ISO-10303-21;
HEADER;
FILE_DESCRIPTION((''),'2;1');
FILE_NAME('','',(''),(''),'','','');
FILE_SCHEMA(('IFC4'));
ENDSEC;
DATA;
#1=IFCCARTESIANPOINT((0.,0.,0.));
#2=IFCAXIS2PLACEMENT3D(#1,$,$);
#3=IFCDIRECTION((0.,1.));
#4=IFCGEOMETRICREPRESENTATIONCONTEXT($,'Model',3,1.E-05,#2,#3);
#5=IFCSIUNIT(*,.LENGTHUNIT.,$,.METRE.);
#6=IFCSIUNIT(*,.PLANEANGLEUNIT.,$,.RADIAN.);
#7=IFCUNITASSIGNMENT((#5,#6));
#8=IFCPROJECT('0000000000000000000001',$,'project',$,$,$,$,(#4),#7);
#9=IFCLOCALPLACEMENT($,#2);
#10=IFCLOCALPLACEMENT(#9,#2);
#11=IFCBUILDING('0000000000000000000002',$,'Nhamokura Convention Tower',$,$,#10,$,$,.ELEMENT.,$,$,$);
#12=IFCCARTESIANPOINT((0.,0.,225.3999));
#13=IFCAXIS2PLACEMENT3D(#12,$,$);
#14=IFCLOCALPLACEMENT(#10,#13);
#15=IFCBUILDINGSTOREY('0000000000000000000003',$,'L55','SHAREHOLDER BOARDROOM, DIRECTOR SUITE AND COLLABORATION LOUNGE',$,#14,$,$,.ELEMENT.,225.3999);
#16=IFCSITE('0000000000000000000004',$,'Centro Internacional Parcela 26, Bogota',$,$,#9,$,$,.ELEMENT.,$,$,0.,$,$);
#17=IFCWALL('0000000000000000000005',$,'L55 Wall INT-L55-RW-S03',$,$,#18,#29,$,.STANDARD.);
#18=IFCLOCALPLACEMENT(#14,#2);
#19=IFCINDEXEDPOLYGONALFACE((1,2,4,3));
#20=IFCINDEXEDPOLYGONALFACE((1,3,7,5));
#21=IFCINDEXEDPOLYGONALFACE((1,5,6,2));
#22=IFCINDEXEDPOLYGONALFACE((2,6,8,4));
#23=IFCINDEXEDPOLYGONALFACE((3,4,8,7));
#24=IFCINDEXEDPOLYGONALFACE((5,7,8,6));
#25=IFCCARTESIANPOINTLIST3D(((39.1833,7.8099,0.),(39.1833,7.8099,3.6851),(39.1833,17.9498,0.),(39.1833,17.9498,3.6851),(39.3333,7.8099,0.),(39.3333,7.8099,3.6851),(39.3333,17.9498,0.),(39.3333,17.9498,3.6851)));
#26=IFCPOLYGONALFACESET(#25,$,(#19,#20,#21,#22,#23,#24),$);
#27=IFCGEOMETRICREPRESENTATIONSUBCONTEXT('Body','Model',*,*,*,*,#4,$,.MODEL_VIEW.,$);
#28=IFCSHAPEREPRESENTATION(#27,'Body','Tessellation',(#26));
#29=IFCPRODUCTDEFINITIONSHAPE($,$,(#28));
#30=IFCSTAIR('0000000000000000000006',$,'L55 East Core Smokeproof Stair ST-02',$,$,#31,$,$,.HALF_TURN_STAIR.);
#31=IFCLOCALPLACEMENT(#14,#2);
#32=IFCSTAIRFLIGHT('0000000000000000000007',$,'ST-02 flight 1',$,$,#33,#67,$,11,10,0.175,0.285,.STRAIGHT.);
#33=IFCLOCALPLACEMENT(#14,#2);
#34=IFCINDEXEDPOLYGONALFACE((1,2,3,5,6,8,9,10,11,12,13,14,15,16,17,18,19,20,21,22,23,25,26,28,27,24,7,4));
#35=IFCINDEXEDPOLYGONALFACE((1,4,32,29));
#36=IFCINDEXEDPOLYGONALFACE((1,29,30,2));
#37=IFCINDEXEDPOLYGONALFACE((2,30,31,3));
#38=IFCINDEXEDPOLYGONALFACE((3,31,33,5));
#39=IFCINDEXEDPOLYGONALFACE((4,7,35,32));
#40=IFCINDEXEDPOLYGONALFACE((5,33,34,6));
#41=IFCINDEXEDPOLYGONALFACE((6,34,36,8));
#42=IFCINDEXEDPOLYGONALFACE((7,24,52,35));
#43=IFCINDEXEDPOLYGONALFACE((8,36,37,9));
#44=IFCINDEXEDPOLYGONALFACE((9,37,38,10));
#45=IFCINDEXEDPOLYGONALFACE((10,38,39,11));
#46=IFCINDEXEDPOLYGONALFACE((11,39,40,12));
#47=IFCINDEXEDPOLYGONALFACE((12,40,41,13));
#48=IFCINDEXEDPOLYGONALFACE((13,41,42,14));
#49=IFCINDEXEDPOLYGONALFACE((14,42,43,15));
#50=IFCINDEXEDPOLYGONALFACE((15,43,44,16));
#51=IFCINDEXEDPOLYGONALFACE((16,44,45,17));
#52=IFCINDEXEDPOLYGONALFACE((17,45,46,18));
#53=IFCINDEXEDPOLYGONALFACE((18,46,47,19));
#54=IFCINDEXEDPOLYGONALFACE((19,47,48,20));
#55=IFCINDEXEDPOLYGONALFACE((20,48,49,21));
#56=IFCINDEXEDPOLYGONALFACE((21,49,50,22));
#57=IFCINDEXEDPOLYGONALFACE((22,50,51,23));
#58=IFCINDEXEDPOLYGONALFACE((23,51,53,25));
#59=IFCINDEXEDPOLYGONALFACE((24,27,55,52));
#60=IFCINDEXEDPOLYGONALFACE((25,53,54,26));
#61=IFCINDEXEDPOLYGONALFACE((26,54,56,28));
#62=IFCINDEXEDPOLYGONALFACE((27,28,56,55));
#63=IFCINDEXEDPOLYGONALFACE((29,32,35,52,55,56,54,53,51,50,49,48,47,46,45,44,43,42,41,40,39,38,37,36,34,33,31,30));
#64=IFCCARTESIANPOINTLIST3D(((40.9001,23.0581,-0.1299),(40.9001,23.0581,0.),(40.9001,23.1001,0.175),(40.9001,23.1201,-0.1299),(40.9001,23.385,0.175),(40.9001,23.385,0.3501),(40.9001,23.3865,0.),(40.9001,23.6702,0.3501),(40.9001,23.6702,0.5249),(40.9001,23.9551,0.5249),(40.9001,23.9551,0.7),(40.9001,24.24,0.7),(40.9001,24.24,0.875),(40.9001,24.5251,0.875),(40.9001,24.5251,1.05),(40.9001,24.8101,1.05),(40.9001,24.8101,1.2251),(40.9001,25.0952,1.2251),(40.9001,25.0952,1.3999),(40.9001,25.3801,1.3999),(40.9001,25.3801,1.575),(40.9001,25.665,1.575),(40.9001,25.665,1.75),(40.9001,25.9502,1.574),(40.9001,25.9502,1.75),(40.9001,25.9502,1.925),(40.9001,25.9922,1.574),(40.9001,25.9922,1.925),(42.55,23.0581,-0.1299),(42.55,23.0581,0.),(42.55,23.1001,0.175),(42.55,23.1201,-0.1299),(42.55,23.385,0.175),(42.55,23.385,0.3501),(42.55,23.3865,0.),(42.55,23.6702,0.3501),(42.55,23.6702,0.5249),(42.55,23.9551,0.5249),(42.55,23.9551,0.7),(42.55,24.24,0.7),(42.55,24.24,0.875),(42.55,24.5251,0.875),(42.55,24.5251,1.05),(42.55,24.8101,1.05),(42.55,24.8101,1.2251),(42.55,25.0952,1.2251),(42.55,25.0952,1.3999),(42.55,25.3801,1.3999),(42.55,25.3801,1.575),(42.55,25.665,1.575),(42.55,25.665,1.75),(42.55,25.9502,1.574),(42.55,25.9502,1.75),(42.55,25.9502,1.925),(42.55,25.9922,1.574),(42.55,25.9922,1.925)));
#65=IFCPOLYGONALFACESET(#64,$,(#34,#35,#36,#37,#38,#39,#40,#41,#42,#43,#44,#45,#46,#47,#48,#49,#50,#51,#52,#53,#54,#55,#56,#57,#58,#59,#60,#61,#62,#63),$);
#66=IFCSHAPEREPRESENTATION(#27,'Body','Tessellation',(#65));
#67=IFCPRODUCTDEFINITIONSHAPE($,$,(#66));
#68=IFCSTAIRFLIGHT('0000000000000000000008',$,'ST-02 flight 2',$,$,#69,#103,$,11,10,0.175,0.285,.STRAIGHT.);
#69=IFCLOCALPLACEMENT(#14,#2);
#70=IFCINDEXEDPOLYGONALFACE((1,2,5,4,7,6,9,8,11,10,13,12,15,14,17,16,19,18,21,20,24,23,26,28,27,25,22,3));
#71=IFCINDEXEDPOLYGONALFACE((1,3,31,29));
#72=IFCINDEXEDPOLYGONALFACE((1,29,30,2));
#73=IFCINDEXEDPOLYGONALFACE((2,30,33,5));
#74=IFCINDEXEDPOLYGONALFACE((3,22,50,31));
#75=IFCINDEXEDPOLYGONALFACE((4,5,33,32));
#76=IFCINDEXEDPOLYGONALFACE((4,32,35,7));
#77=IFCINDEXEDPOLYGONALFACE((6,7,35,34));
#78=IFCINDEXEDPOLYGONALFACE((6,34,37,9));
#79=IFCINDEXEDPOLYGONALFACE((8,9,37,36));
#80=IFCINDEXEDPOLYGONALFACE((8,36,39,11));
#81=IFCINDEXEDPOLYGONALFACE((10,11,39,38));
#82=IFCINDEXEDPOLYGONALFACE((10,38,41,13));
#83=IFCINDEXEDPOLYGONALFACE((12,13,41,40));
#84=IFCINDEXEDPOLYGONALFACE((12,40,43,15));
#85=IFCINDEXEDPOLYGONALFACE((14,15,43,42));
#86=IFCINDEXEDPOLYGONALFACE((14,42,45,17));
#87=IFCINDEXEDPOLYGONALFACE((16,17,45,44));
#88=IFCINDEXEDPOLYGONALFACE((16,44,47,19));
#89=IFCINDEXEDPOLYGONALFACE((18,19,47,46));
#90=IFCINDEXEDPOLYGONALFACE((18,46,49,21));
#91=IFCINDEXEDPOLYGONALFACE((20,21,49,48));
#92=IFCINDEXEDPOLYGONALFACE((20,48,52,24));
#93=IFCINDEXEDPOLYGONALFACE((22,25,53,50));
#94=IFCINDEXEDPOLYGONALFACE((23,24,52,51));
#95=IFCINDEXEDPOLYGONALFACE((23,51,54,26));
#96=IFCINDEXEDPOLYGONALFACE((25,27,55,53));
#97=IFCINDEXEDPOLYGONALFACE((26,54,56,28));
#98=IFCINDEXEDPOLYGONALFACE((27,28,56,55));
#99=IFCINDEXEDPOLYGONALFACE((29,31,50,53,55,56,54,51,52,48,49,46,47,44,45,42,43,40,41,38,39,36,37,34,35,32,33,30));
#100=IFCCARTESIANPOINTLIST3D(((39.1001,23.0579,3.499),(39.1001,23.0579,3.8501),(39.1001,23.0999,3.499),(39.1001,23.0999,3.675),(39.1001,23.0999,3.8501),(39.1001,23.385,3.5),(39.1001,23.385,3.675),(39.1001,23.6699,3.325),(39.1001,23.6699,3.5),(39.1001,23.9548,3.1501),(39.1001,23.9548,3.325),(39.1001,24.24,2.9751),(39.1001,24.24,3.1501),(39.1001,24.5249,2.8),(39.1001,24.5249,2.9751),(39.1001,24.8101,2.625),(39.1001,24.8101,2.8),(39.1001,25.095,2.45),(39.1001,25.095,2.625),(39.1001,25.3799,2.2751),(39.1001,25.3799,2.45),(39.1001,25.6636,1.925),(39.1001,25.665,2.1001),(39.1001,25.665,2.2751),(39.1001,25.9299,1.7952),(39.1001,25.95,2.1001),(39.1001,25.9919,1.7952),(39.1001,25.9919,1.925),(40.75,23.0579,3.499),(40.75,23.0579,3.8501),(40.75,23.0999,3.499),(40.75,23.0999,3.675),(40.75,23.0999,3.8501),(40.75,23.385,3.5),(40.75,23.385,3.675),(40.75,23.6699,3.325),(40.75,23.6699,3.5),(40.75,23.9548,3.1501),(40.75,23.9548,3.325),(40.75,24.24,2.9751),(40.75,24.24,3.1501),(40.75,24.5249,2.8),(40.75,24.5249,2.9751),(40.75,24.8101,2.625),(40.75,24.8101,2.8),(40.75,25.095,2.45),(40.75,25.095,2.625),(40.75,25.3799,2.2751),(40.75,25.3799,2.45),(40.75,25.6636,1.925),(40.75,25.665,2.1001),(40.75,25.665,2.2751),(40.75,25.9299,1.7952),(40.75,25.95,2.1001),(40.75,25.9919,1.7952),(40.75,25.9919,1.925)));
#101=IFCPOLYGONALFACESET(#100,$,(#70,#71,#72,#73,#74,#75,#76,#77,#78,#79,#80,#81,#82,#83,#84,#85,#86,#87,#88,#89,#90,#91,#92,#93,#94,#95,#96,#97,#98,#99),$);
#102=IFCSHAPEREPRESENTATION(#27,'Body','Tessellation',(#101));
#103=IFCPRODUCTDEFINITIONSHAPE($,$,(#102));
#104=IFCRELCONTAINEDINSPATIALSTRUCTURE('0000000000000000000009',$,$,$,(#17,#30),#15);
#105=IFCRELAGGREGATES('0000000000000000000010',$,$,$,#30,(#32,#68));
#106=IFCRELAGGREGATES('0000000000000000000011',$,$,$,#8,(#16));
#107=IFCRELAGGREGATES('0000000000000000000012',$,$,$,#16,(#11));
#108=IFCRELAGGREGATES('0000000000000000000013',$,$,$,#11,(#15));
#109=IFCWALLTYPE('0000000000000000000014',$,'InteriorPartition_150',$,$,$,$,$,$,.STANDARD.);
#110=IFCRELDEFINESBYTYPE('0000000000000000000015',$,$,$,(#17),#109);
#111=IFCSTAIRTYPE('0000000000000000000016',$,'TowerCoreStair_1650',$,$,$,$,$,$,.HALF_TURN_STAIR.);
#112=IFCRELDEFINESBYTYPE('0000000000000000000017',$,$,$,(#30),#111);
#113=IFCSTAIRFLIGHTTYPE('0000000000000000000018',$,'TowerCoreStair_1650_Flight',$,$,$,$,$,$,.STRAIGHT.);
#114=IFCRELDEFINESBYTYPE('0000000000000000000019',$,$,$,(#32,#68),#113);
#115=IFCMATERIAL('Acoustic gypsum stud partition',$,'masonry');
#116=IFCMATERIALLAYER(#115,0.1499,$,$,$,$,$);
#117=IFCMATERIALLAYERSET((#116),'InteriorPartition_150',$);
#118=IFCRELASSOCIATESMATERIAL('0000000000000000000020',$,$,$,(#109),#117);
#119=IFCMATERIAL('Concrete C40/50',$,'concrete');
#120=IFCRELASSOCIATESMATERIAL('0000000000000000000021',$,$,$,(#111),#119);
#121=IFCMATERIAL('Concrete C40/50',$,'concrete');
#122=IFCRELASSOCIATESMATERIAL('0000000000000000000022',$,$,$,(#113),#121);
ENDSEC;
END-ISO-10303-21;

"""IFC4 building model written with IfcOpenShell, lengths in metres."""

from ifc_helpers import new_model, si_unit, direction, frame, frame_2d, origin, place, context, subcontext, project, spatial, polyline, rectangle, outline, extrude, material, layer, layer_set, type_object, element, aggregate, save


model = new_model("IFC4")

# Units and contexts
model_context = context("Model", 3, precision=1e-05, world=origin(), true_north=direction((0.0, 1.0)))
body_context = subcontext(model_context, "Body", "Model", "MODEL_VIEW")
ifc_project = project(units=[si_unit("LENGTHUNIT", "METRE"), si_unit("PLANEANGLEUNIT", "RADIAN")], contexts=[model_context])

# Site, building, storey
site_placement = place(None, origin())
site = spatial("IfcSite", under=ifc_project, at=site_placement, Name="Centro Internacional Parcela 26, Bogota", CompositionType="ELEMENT", RefElevation=0.0)
building_placement = place(site_placement, origin())
building = spatial("IfcBuilding", under=site, at=building_placement, Name="Nhamokura Convention Tower", CompositionType="ELEMENT")
storey_placement = place(building_placement, frame((0.0, 0.0, 225.3999)))
storey = spatial("IfcBuildingStorey", under=building, at=storey_placement, Name="L55", Description="SHAREHOLDER BOARDROOM, DIRECTOR SUITE AND COLLABORATION LOUNGE", CompositionType="ELEMENT", Elevation=225.3999)

# Wall
ifc_material_1 = material(Name="Acoustic gypsum stud partition", Category="masonry")
ifc_layer_1 = layer(ifc_material_1, 0.1499)
ifc_layer_set_1 = layer_set([ifc_layer_1], Name="InteriorPartition_150")
wall_type_1 = type_object("IfcWallType", Name="InteriorPartition_150", PredefinedType="STANDARD", material=ifc_layer_set_1)
for number, where, z_axis, x_axis, name in (
    (1, (39.2583, 7.8101, 0.0), (0.0, 0.0, 1.0), (0.0, 1.0, 0.0), "L55 Wall INT-L55-RW-S03"),
):
    element("IfcWall", number, at=place(storey_placement, frame(where, z_axis=z_axis, x_axis=x_axis)), inside=storey, type_object=wall_type_1, Name=name, PredefinedType="STANDARD", context=body_context, shape_type="SweptSolid", body=[
        extrude(rectangle(XDim=10.1399, YDim=0.1499, at=frame_2d((5.0698, 0.0))), origin(), (0.0, 0.0, 1.0), 3.6851),
    ])

# Stair, stair flights
ifc_material_2 = material(Name="Concrete C40/50", Category="concrete")
stair_type = type_object("IfcStairType", Name="TowerCoreStair_1650", PredefinedType="HALF_TURN_STAIR", material=ifc_material_2)
stair_placement = place(storey_placement, origin())
stair = element("IfcStair", 2, at=stair_placement, inside=storey, type_object=stair_type, Name="L55 East Core Smokeproof Stair ST-02", PredefinedType="HALF_TURN_STAIR")
ifc_material_3 = material(Name="Concrete C40/50", Category="concrete")
stair_flight_type = type_object("IfcStairFlightType", Name="TowerCoreStair_1650_Flight", PredefinedType="STRAIGHT", material=ifc_material_3)
stair_flight_1_placement = place(storey_placement, frame((41.7251, 23.1001, 0.0), z_axis=(0.0, 0.0, 1.0), x_axis=(0.0, 1.0, 0.0)))
stair_flight_1 = element("IfcStairFlight", 3, at=stair_flight_1_placement, type_object=stair_flight_type, Name="ST-02 flight 1", NumberOfRisers=11, NumberOfTreads=10, PredefinedType="STRAIGHT", RiserHeight=0.175, TreadLength=0.285, context=body_context, shape_type="SweptSolid", body=[
    extrude(outline(polyline([(-0.042, 0.0), (0.0, 0.175), (0.2849, 0.175), (0.2849, 0.3501), (0.5701, 0.3501), (0.5701, 0.5249), (0.855, 0.5249), (0.855, 0.7), (1.1399, 0.7), (1.1399, 0.875), (1.425, 0.875), (1.425, 1.05), (1.71, 1.05), (1.71, 1.2251), (1.9951, 1.2251), (1.9951, 1.3999), (2.28, 1.3999), (2.28, 1.575), (2.5649, 1.575), (2.5649, 1.75), (2.8501, 1.75), (2.8501, 1.925), (2.8921, 1.925), (2.8921, 1.574), (2.8501, 1.574), (0.2864, 0.0), (0.02, -0.1299), (-0.042, -0.1299), (-0.042, 0.0)])), frame((0.0, 0.825, 0.0), z_axis=(0.0, -1.0, 0.0), x_axis=(1.0, 0.0, 0.0)), (0.0, 0.0, 1.0), 1.6499),
])
stair_flight_2_placement = place(storey_placement, frame((39.925, 25.95, 1.925), z_axis=(0.0, 0.0, 1.0), x_axis=(0.0, -1.0, 0.0)))
stair_flight_2 = element("IfcStairFlight", 4, at=stair_flight_2_placement, type_object=stair_flight_type, Name="ST-02 flight 2", NumberOfRisers=11, NumberOfTreads=10, PredefinedType="STRAIGHT", RiserHeight=0.175, TreadLength=0.285, context=body_context, shape_type="SweptSolid", body=[
    extrude(outline(polyline([(-0.042, 0.0), (0.0, 0.175), (0.2849, 0.175), (0.2849, 0.3501), (0.5701, 0.3501), (0.5701, 0.5249), (0.855, 0.5249), (0.855, 0.7), (1.1399, 0.7), (1.1399, 0.875), (1.425, 0.875), (1.425, 1.05), (1.71, 1.05), (1.71, 1.2251), (1.9951, 1.2251), (1.9951, 1.3999), (2.28, 1.3999), (2.28, 1.575), (2.5649, 1.575), (2.5649, 1.75), (2.8501, 1.75), (2.8501, 1.925), (2.8921, 1.925), (2.8921, 1.574), (2.8501, 1.574), (0.2864, 0.0), (0.02, -0.1299), (-0.042, -0.1299), (-0.042, 0.0)])), frame((0.0, 0.825, 0.0), z_axis=(0.0, -1.0, 0.0), x_axis=(1.0, 0.0, 0.0)), (0.0, 0.0, 1.0), 1.6499),
])
aggregate(stair, [stair_flight_1, stair_flight_2])

save(model, "model.ifc")
